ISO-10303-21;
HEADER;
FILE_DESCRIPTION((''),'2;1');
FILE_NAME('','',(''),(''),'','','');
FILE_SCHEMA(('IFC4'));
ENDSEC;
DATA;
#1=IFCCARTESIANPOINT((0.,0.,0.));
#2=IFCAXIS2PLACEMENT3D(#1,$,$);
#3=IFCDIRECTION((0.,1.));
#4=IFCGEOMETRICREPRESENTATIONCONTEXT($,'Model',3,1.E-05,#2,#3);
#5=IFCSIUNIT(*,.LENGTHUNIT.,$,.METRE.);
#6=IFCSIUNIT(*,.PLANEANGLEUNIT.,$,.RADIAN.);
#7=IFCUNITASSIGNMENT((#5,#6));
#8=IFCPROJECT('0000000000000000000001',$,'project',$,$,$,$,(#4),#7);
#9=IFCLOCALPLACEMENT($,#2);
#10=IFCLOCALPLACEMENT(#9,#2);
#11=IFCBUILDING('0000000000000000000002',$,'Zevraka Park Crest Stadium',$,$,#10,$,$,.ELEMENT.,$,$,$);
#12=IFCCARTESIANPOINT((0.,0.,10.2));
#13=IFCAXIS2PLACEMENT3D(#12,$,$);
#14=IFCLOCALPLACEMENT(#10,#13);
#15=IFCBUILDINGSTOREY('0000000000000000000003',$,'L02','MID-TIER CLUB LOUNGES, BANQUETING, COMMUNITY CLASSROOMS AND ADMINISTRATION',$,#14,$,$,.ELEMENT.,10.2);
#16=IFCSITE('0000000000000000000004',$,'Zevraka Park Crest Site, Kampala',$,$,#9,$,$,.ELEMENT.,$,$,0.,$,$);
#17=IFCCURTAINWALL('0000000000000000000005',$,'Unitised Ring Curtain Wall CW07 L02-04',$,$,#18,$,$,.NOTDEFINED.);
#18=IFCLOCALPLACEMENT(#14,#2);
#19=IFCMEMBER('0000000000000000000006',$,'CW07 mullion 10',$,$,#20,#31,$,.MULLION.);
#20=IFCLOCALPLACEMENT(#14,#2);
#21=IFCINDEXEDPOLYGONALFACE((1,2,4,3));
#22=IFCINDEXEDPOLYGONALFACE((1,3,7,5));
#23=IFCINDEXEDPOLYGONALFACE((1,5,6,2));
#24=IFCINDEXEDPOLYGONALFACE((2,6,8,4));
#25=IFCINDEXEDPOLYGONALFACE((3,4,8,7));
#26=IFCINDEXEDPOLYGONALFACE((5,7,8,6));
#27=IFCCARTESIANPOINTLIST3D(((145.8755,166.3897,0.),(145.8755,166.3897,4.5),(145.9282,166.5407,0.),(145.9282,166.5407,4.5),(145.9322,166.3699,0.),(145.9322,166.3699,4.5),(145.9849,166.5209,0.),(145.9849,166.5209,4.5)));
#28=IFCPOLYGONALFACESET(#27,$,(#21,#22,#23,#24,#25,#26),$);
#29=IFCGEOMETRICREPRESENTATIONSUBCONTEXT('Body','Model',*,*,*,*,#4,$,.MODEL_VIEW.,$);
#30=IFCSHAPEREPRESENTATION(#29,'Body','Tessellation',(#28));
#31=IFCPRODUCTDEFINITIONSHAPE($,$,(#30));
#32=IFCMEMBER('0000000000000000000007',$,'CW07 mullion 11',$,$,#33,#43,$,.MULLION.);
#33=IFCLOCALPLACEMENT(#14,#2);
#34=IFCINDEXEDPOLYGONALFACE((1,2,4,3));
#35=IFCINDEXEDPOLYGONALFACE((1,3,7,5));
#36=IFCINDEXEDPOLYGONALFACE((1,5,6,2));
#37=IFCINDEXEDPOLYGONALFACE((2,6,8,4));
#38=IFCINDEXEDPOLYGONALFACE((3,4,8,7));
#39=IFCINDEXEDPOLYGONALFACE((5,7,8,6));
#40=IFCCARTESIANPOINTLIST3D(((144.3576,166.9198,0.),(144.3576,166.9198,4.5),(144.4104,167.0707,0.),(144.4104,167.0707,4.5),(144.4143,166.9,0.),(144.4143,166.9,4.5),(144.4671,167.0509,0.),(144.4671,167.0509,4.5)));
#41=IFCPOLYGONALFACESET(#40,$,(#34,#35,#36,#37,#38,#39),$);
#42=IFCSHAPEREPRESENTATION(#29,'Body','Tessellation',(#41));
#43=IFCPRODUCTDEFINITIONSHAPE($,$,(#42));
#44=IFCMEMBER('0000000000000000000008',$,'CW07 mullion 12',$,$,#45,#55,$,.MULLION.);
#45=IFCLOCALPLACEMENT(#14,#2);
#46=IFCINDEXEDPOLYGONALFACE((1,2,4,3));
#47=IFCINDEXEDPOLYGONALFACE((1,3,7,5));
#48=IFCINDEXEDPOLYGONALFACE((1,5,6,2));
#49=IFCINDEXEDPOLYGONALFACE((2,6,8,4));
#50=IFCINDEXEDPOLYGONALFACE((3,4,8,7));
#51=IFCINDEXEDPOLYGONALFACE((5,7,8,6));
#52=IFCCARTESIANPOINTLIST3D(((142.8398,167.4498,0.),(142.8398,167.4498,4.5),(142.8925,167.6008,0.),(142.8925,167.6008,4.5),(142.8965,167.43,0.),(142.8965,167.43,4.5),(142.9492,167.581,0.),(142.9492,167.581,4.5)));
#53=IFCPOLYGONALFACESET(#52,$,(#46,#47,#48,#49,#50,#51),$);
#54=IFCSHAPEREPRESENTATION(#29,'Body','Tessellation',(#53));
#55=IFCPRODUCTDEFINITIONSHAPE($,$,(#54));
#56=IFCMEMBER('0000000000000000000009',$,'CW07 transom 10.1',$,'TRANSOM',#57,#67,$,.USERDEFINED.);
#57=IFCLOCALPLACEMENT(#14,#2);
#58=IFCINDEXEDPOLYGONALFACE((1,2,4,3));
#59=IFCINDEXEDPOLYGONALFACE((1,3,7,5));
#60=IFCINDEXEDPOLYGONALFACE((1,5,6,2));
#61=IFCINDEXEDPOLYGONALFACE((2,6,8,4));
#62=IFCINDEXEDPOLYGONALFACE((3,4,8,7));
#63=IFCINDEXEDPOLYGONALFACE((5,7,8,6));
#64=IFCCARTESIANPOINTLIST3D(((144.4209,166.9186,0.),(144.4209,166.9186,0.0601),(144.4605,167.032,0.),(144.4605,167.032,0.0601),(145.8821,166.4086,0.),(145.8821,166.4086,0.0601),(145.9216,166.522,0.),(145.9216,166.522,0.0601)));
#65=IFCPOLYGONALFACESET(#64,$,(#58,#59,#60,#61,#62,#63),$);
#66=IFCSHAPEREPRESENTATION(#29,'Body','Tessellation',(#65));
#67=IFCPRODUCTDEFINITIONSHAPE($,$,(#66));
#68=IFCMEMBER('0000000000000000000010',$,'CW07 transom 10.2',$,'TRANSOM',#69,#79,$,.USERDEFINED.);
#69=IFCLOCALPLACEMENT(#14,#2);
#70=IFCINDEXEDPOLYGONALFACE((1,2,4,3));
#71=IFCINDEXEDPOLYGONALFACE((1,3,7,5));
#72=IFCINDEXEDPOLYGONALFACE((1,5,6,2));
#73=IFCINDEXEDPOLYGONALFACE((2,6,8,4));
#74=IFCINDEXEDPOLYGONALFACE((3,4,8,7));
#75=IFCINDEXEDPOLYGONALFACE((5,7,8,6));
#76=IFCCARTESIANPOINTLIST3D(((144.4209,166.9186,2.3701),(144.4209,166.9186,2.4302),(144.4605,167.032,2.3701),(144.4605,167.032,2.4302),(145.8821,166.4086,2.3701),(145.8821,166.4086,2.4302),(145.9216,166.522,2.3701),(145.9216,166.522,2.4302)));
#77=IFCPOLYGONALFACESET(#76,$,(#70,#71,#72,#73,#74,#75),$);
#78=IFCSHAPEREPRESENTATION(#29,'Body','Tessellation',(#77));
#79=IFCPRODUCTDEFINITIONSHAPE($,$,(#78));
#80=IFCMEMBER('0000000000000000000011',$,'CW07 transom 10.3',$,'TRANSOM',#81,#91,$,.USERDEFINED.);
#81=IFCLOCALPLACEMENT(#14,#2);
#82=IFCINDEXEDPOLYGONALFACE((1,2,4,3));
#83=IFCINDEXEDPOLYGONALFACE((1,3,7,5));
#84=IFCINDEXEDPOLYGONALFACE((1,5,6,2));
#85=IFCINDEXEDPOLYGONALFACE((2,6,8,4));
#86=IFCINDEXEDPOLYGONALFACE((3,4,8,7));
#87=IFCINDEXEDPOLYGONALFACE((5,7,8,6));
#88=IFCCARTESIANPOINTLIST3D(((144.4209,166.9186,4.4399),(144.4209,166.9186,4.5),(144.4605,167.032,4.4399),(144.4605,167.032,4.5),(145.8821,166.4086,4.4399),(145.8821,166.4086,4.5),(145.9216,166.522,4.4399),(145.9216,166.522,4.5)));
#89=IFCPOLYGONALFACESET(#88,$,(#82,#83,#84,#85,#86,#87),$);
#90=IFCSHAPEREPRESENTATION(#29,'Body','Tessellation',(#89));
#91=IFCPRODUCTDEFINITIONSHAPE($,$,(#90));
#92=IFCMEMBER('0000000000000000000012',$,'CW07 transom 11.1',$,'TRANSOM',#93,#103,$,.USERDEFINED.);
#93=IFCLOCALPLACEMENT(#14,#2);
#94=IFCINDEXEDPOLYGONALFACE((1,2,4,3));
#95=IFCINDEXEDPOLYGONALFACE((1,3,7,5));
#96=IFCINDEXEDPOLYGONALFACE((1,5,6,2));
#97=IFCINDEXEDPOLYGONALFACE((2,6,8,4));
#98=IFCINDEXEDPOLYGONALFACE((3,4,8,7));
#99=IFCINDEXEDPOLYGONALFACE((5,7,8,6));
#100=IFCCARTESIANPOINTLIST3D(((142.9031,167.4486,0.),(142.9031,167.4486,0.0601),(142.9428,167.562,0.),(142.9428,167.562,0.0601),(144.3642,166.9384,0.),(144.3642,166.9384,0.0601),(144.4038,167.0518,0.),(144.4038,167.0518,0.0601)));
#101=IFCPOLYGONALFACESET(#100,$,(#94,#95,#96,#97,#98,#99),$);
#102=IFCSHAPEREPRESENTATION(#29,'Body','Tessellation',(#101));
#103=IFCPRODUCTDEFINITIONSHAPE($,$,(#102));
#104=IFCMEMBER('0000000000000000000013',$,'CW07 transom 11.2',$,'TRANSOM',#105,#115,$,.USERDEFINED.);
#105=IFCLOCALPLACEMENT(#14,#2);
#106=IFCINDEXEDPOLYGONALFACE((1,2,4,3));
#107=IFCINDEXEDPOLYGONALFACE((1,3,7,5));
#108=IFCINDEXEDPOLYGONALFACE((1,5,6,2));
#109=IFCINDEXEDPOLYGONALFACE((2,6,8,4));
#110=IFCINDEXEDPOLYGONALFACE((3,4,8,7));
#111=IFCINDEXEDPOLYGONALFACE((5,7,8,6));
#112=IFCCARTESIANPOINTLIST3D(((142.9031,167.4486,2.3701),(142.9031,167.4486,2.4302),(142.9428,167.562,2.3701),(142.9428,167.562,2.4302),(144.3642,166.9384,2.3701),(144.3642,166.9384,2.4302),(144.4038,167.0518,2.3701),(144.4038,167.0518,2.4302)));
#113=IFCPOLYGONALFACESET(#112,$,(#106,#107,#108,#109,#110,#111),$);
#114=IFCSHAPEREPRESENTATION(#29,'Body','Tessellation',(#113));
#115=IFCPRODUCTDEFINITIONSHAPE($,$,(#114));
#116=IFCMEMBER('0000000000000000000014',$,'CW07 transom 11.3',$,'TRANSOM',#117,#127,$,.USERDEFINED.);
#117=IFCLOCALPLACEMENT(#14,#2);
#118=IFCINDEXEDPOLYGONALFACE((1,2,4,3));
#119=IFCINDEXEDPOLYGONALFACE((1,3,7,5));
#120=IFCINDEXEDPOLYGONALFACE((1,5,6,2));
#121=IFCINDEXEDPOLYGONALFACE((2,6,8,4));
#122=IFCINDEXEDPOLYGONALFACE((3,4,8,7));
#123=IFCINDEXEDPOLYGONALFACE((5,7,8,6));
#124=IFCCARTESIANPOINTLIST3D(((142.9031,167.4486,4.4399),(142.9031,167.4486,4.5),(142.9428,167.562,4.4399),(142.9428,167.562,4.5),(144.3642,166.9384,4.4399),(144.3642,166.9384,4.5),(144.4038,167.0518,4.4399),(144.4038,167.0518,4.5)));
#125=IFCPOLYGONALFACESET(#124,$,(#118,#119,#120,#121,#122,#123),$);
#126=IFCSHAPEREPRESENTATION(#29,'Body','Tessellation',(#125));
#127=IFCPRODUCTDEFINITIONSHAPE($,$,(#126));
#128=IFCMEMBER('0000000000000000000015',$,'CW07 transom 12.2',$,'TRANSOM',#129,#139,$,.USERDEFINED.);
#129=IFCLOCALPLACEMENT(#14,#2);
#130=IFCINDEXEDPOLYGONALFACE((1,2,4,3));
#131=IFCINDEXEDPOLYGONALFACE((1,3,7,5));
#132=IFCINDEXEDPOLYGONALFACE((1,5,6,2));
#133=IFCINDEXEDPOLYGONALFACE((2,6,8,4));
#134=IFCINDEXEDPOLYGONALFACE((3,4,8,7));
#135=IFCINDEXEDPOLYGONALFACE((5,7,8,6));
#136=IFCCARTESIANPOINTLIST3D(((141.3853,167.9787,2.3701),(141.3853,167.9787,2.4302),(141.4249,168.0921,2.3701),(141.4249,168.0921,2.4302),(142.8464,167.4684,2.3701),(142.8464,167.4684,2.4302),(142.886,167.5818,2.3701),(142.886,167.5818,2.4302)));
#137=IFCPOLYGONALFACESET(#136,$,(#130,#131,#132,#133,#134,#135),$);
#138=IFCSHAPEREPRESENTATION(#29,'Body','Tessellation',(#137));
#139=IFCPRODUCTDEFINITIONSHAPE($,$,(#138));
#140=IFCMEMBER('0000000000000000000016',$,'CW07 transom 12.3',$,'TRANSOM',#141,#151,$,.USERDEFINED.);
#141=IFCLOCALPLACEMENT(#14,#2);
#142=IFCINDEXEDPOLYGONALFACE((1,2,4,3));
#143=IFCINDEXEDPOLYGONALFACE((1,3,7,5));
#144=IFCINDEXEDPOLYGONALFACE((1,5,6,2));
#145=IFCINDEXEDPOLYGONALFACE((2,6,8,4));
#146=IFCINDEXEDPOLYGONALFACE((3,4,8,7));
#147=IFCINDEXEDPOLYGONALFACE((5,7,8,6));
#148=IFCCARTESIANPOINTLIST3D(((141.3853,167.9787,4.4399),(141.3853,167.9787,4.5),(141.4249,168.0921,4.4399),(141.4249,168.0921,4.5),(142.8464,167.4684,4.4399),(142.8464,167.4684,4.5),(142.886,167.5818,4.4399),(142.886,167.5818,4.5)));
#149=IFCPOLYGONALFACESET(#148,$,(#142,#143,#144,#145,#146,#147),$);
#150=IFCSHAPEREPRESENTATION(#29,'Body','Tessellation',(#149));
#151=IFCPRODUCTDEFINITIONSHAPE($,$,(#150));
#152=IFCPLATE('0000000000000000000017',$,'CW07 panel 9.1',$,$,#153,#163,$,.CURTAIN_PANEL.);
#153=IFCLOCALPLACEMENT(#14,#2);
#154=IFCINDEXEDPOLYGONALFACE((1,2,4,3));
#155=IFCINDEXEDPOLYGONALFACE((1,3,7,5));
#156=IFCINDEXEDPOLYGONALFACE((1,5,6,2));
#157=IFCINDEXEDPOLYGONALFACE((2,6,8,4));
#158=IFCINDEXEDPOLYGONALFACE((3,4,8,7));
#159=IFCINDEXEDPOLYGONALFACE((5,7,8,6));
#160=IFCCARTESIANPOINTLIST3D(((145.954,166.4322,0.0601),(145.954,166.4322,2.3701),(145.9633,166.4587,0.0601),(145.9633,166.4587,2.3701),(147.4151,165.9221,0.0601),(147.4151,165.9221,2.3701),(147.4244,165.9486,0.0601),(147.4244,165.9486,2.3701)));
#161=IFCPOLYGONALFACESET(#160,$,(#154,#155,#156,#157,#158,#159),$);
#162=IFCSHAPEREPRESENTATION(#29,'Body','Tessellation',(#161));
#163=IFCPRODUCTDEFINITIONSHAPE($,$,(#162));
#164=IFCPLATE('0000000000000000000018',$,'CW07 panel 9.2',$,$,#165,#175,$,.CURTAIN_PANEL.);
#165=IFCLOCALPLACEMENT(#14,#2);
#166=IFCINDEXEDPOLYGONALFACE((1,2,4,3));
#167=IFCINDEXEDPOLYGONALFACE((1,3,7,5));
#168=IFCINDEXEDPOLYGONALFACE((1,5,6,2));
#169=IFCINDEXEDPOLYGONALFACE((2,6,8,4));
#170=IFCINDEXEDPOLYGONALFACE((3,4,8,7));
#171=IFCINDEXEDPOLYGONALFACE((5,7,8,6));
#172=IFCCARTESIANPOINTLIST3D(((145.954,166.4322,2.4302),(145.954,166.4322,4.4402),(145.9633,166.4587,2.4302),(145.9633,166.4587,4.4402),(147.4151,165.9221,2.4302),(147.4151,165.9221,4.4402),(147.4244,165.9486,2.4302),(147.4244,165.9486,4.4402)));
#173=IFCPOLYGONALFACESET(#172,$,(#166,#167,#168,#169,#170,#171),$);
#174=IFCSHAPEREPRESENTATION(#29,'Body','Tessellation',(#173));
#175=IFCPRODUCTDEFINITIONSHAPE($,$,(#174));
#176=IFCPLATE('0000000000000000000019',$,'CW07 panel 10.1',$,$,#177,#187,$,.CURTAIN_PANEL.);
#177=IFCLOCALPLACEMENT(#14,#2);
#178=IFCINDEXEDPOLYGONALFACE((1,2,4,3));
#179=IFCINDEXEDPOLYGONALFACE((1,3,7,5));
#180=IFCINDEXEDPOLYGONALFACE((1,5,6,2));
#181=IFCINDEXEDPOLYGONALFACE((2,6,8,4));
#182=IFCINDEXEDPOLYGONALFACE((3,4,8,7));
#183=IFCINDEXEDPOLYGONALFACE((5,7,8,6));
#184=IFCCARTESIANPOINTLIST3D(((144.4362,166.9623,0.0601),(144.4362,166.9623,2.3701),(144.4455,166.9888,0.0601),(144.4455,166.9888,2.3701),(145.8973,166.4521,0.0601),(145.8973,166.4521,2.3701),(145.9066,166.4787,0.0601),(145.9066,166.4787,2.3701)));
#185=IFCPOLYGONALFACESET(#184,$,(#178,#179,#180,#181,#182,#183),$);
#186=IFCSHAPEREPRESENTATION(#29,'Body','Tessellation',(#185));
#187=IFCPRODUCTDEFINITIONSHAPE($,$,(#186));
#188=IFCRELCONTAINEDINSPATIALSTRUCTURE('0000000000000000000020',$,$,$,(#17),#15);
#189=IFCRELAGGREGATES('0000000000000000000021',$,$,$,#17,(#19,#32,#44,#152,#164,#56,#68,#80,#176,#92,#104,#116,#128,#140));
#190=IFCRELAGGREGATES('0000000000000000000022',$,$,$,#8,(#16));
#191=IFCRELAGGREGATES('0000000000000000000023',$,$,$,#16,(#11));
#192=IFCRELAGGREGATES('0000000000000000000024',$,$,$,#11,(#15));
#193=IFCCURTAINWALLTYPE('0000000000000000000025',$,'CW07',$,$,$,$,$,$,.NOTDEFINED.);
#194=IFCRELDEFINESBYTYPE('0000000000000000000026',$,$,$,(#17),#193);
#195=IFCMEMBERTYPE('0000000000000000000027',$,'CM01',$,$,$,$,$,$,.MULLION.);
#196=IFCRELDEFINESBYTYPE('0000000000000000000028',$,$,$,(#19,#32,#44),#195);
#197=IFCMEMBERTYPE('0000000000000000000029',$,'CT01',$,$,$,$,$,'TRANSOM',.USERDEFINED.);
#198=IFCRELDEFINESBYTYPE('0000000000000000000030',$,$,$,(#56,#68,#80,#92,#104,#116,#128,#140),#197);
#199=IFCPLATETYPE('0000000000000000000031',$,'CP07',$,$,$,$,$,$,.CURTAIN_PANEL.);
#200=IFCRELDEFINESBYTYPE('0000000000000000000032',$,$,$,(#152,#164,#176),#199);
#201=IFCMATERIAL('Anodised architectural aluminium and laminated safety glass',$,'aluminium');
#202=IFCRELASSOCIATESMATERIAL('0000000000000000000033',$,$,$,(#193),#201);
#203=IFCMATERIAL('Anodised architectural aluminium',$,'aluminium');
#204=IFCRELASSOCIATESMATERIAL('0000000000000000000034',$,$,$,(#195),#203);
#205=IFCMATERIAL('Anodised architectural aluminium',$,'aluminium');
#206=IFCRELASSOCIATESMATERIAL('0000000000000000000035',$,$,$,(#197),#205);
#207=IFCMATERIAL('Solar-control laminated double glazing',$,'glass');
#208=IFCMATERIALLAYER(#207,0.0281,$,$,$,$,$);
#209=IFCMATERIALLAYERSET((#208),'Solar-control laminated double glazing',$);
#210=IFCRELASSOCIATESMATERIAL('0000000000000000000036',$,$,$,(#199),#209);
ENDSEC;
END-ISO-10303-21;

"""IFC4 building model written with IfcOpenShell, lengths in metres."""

from ifc_helpers import new_model, si_unit, direction, frame, origin, origin_2d, place, context, subcontext, project, spatial, rectangle, extrude, material, layer, layer_set, material_profile, profile_set, type_object, element, aggregate, save


model = new_model("IFC4")

# Units and contexts
model_context = context("Model", 3, precision=1e-05, world=origin(), true_north=direction((0.0, 1.0)))
body_context = subcontext(model_context, "Body", "Model", "MODEL_VIEW")
ifc_project = project(units=[si_unit("LENGTHUNIT", "METRE"), si_unit("PLANEANGLEUNIT", "RADIAN")], contexts=[model_context])

# Site, building, storey
site_placement = place(None, origin())
site = spatial("IfcSite", under=ifc_project, at=site_placement, Name="Zevraka Park Crest Site, Kampala", CompositionType="ELEMENT", RefElevation=0.0)
building_placement = place(site_placement, origin())
building = spatial("IfcBuilding", under=site, at=building_placement, Name="Zevraka Park Crest Stadium", CompositionType="ELEMENT")
storey_placement = place(building_placement, frame((0.0, 0.0, 10.2)))
storey = spatial("IfcBuildingStorey", under=building, at=storey_placement, Name="L02", Description="MID-TIER CLUB LOUNGES, BANQUETING, COMMUNITY CLASSROOMS AND ADMINISTRATION", CompositionType="ELEMENT", Elevation=10.2)

# Curtain wall, members, plates
ifc_material_1 = material(Name="Anodised architectural aluminium and laminated safety glass", Category="aluminium")
curtain_wall_type = type_object("IfcCurtainWallType", Name="CW07", PredefinedType="NOTDEFINED", material=ifc_material_1)
curtain_wall_placement = place(storey_placement, origin())
curtain_wall = element("IfcCurtainWall", 1, at=curtain_wall_placement, inside=storey, type_object=curtain_wall_type, Name="Unitised Ring Curtain Wall CW07 L02-04", PredefinedType="NOTDEFINED")
ifc_material_2 = material(Name="Anodised architectural aluminium", Category="aluminium")
ifc_material_profile_1 = material_profile(ifc_material_2, rectangle(XDim=0.1599, YDim=0.0601, at=origin_2d()), Name="ALU MULLION 160x60")
ifc_profile_set_1 = profile_set([ifc_material_profile_1], Name="Anodised architectural aluminium")
member_type_1 = type_object("IfcMemberType", Name="CM01", PredefinedType="MULLION", material=ifc_profile_set_1)
member_1_placement = place(storey_placement, frame((145.9302, 166.4553, 0.0), z_axis=(0.0, 0.0, 1.0), x_axis=(-0.329619, -0.944114, 0.0)))
member_1 = element("IfcMember", 2, at=member_1_placement, type_object=member_type_1, Name="CW07 mullion 10", PredefinedType="MULLION", context=body_context, shape_type="SweptSolid", body=[
    extrude(rectangle(XDim=0.1599, YDim=0.0601, at=origin_2d()), origin(), (0.0, 0.0, 1.0), 4.5),
])
member_2_placement = place(storey_placement, frame((144.4124, 166.9854, 0.0), z_axis=(0.0, 0.0, 1.0), x_axis=(-0.329619, -0.944114, 0.0)))
member_2 = element("IfcMember", 3, at=member_2_placement, type_object=member_type_1, Name="CW07 mullion 11", PredefinedType="MULLION", context=body_context, shape_type="SweptSolid", body=[
    extrude(rectangle(XDim=0.1599, YDim=0.0601, at=origin_2d()), origin(), (0.0, 0.0, 1.0), 4.5),
])
member_3_placement = place(storey_placement, frame((142.8945, 167.5154, 0.0), z_axis=(0.0, 0.0, 1.0), x_axis=(-0.329619, -0.944114, 0.0)))
member_3 = element("IfcMember", 4, at=member_3_placement, type_object=member_type_1, Name="CW07 mullion 12", PredefinedType="MULLION", context=body_context, shape_type="SweptSolid", body=[
    extrude(rectangle(XDim=0.1599, YDim=0.0601, at=origin_2d()), origin(), (0.0, 0.0, 1.0), 4.5),
])
ifc_material_3 = material(Name="Anodised architectural aluminium", Category="aluminium")
ifc_material_profile_2 = material_profile(ifc_material_3, rectangle(XDim=0.1201, YDim=0.0601, at=origin_2d()), Name="ALU TRANSOM 120x60")
ifc_profile_set_2 = profile_set([ifc_material_profile_2], Name="Anodised architectural aluminium")
member_type_2 = type_object("IfcMemberType", Name="CT01", ElementType="TRANSOM", PredefinedType="USERDEFINED", material=ifc_profile_set_2)
member_4_placement = place(storey_placement, frame((145.9019, 166.4653, 0.03), z_axis=(-0.944141, 0.329542, 0.0), x_axis=(-0.329542, -0.944141, 0.0)))
member_4 = element("IfcMember", 5, at=member_4_placement, type_object=member_type_2, Name="CW07 transom 10.1", ObjectType="TRANSOM", PredefinedType="USERDEFINED", context=body_context, shape_type="SweptSolid", body=[
    extrude(rectangle(XDim=0.1201, YDim=0.0601, at=origin_2d()), origin(), (0.0, 0.0, 1.0), 1.5476),
])
member_5_placement = place(storey_placement, frame((145.9019, 166.4653, 2.4001), z_axis=(-0.944141, 0.329542, 0.0), x_axis=(-0.329542, -0.944141, 0.0)))
member_5 = element("IfcMember", 6, at=member_5_placement, type_object=member_type_2, Name="CW07 transom 10.2", ObjectType="TRANSOM", PredefinedType="USERDEFINED", context=body_context, shape_type="SweptSolid", body=[
    extrude(rectangle(XDim=0.1201, YDim=0.0601, at=origin_2d()), origin(), (0.0, 0.0, 1.0), 1.5476),
])
member_6_placement = place(storey_placement, frame((145.9019, 166.4653, 4.47), z_axis=(-0.944141, 0.329542, 0.0), x_axis=(-0.329542, -0.944141, 0.0)))
member_6 = element("IfcMember", 7, at=member_6_placement, type_object=member_type_2, Name="CW07 transom 10.3", ObjectType="TRANSOM", PredefinedType="USERDEFINED", context=body_context, shape_type="SweptSolid", body=[
    extrude(rectangle(XDim=0.1201, YDim=0.0601, at=origin_2d()), origin(), (0.0, 0.0, 1.0), 1.5476),
])
member_7_placement = place(storey_placement, frame((144.384, 166.9951, 0.03), z_axis=(-0.944092, 0.329683, 0.0), x_axis=(-0.329683, -0.944092, 0.0)))
member_7 = element("IfcMember", 8, at=member_7_placement, type_object=member_type_2, Name="CW07 transom 11.1", ObjectType="TRANSOM", PredefinedType="USERDEFINED", context=body_context, shape_type="SweptSolid", body=[
    extrude(rectangle(XDim=0.1201, YDim=0.0601, at=origin_2d()), origin(), (0.0, 0.0, 1.0), 1.5476),
])
member_8_placement = place(storey_placement, frame((144.384, 166.9951, 2.4001), z_axis=(-0.944092, 0.329683, 0.0), x_axis=(-0.329683, -0.944092, 0.0)))
member_8 = element("IfcMember", 9, at=member_8_placement, type_object=member_type_2, Name="CW07 transom 11.2", ObjectType="TRANSOM", PredefinedType="USERDEFINED", context=body_context, shape_type="SweptSolid", body=[
    extrude(rectangle(XDim=0.1201, YDim=0.0601, at=origin_2d()), origin(), (0.0, 0.0, 1.0), 1.5476),
])
member_9_placement = place(storey_placement, frame((144.384, 166.9951, 4.47), z_axis=(-0.944092, 0.329683, 0.0), x_axis=(-0.329683, -0.944092, 0.0)))
member_9 = element("IfcMember", 10, at=member_9_placement, type_object=member_type_2, Name="CW07 transom 11.3", ObjectType="TRANSOM", PredefinedType="USERDEFINED", context=body_context, shape_type="SweptSolid", body=[
    extrude(rectangle(XDim=0.1201, YDim=0.0601, at=origin_2d()), origin(), (0.0, 0.0, 1.0), 1.5476),
])
member_10_placement = place(storey_placement, frame((142.8662, 167.5251, 2.4001), z_axis=(-0.944092, 0.329683, 0.0), x_axis=(-0.329683, -0.944092, 0.0)))
member_10 = element("IfcMember", 11, at=member_10_placement, type_object=member_type_2, Name="CW07 transom 12.2", ObjectType="TRANSOM", PredefinedType="USERDEFINED", context=body_context, shape_type="SweptSolid", body=[
    extrude(rectangle(XDim=0.1201, YDim=0.0601, at=origin_2d()), origin(), (0.0, 0.0, 1.0), 1.5476),
])
member_11_placement = place(storey_placement, frame((142.8662, 167.5251, 4.47), z_axis=(-0.944092, 0.329683, 0.0), x_axis=(-0.329683, -0.944092, 0.0)))
member_11 = element("IfcMember", 12, at=member_11_placement, type_object=member_type_2, Name="CW07 transom 12.3", ObjectType="TRANSOM", PredefinedType="USERDEFINED", context=body_context, shape_type="SweptSolid", body=[
    extrude(rectangle(XDim=0.1201, YDim=0.0601, at=origin_2d()), origin(), (0.0, 0.0, 1.0), 1.5476),
])
ifc_material_4 = material(Name="Solar-control laminated double glazing", Category="glass")
ifc_layer_1 = layer(ifc_material_4, 0.0281)
ifc_layer_set_1 = layer_set([ifc_layer_1], Name="Solar-control laminated double glazing")
plate_type = type_object("IfcPlateType", Name="CP07", PredefinedType="CURTAIN_PANEL", material=ifc_layer_set_1)
plate_1_placement = place(storey_placement, frame((146.6892, 166.1904, 0.0601), z_axis=(0.0, 0.0, 1.0), x_axis=(-0.944114, 0.329619, 0.0)))
plate_1 = element("IfcPlate", 13, at=plate_1_placement, type_object=plate_type, Name="CW07 panel 9.1", PredefinedType="CURTAIN_PANEL", context=body_context, shape_type="SweptSolid", body=[
    extrude(rectangle(XDim=1.5476, YDim=0.0281, at=origin_2d()), origin(), (0.0, 0.0, 1.0), 2.3101),
])
plate_2_placement = place(storey_placement, frame((146.6892, 166.1904, 2.4302), z_axis=(0.0, 0.0, 1.0), x_axis=(-0.944114, 0.329619, 0.0)))
plate_2 = element("IfcPlate", 14, at=plate_2_placement, type_object=plate_type, Name="CW07 panel 9.2", PredefinedType="CURTAIN_PANEL", context=body_context, shape_type="SweptSolid", body=[
    extrude(rectangle(XDim=1.5476, YDim=0.0281, at=origin_2d()), origin(), (0.0, 0.0, 1.0), 2.01),
])
plate_3_placement = place(storey_placement, frame((145.1714, 166.7205, 0.0601), z_axis=(0.0, 0.0, 1.0), x_axis=(-0.944114, 0.329619, 0.0)))
plate_3 = element("IfcPlate", 15, at=plate_3_placement, type_object=plate_type, Name="CW07 panel 10.1", PredefinedType="CURTAIN_PANEL", context=body_context, shape_type="SweptSolid", body=[
    extrude(rectangle(XDim=1.5476, YDim=0.0281, at=origin_2d()), origin(), (0.0, 0.0, 1.0), 2.3101),
])
aggregate(curtain_wall, [member_1, member_2, member_3, plate_1, plate_2, member_4, member_5, member_6, plate_3, member_7, member_8, member_9, member_10, member_11])

save(model, "model.ifc")
